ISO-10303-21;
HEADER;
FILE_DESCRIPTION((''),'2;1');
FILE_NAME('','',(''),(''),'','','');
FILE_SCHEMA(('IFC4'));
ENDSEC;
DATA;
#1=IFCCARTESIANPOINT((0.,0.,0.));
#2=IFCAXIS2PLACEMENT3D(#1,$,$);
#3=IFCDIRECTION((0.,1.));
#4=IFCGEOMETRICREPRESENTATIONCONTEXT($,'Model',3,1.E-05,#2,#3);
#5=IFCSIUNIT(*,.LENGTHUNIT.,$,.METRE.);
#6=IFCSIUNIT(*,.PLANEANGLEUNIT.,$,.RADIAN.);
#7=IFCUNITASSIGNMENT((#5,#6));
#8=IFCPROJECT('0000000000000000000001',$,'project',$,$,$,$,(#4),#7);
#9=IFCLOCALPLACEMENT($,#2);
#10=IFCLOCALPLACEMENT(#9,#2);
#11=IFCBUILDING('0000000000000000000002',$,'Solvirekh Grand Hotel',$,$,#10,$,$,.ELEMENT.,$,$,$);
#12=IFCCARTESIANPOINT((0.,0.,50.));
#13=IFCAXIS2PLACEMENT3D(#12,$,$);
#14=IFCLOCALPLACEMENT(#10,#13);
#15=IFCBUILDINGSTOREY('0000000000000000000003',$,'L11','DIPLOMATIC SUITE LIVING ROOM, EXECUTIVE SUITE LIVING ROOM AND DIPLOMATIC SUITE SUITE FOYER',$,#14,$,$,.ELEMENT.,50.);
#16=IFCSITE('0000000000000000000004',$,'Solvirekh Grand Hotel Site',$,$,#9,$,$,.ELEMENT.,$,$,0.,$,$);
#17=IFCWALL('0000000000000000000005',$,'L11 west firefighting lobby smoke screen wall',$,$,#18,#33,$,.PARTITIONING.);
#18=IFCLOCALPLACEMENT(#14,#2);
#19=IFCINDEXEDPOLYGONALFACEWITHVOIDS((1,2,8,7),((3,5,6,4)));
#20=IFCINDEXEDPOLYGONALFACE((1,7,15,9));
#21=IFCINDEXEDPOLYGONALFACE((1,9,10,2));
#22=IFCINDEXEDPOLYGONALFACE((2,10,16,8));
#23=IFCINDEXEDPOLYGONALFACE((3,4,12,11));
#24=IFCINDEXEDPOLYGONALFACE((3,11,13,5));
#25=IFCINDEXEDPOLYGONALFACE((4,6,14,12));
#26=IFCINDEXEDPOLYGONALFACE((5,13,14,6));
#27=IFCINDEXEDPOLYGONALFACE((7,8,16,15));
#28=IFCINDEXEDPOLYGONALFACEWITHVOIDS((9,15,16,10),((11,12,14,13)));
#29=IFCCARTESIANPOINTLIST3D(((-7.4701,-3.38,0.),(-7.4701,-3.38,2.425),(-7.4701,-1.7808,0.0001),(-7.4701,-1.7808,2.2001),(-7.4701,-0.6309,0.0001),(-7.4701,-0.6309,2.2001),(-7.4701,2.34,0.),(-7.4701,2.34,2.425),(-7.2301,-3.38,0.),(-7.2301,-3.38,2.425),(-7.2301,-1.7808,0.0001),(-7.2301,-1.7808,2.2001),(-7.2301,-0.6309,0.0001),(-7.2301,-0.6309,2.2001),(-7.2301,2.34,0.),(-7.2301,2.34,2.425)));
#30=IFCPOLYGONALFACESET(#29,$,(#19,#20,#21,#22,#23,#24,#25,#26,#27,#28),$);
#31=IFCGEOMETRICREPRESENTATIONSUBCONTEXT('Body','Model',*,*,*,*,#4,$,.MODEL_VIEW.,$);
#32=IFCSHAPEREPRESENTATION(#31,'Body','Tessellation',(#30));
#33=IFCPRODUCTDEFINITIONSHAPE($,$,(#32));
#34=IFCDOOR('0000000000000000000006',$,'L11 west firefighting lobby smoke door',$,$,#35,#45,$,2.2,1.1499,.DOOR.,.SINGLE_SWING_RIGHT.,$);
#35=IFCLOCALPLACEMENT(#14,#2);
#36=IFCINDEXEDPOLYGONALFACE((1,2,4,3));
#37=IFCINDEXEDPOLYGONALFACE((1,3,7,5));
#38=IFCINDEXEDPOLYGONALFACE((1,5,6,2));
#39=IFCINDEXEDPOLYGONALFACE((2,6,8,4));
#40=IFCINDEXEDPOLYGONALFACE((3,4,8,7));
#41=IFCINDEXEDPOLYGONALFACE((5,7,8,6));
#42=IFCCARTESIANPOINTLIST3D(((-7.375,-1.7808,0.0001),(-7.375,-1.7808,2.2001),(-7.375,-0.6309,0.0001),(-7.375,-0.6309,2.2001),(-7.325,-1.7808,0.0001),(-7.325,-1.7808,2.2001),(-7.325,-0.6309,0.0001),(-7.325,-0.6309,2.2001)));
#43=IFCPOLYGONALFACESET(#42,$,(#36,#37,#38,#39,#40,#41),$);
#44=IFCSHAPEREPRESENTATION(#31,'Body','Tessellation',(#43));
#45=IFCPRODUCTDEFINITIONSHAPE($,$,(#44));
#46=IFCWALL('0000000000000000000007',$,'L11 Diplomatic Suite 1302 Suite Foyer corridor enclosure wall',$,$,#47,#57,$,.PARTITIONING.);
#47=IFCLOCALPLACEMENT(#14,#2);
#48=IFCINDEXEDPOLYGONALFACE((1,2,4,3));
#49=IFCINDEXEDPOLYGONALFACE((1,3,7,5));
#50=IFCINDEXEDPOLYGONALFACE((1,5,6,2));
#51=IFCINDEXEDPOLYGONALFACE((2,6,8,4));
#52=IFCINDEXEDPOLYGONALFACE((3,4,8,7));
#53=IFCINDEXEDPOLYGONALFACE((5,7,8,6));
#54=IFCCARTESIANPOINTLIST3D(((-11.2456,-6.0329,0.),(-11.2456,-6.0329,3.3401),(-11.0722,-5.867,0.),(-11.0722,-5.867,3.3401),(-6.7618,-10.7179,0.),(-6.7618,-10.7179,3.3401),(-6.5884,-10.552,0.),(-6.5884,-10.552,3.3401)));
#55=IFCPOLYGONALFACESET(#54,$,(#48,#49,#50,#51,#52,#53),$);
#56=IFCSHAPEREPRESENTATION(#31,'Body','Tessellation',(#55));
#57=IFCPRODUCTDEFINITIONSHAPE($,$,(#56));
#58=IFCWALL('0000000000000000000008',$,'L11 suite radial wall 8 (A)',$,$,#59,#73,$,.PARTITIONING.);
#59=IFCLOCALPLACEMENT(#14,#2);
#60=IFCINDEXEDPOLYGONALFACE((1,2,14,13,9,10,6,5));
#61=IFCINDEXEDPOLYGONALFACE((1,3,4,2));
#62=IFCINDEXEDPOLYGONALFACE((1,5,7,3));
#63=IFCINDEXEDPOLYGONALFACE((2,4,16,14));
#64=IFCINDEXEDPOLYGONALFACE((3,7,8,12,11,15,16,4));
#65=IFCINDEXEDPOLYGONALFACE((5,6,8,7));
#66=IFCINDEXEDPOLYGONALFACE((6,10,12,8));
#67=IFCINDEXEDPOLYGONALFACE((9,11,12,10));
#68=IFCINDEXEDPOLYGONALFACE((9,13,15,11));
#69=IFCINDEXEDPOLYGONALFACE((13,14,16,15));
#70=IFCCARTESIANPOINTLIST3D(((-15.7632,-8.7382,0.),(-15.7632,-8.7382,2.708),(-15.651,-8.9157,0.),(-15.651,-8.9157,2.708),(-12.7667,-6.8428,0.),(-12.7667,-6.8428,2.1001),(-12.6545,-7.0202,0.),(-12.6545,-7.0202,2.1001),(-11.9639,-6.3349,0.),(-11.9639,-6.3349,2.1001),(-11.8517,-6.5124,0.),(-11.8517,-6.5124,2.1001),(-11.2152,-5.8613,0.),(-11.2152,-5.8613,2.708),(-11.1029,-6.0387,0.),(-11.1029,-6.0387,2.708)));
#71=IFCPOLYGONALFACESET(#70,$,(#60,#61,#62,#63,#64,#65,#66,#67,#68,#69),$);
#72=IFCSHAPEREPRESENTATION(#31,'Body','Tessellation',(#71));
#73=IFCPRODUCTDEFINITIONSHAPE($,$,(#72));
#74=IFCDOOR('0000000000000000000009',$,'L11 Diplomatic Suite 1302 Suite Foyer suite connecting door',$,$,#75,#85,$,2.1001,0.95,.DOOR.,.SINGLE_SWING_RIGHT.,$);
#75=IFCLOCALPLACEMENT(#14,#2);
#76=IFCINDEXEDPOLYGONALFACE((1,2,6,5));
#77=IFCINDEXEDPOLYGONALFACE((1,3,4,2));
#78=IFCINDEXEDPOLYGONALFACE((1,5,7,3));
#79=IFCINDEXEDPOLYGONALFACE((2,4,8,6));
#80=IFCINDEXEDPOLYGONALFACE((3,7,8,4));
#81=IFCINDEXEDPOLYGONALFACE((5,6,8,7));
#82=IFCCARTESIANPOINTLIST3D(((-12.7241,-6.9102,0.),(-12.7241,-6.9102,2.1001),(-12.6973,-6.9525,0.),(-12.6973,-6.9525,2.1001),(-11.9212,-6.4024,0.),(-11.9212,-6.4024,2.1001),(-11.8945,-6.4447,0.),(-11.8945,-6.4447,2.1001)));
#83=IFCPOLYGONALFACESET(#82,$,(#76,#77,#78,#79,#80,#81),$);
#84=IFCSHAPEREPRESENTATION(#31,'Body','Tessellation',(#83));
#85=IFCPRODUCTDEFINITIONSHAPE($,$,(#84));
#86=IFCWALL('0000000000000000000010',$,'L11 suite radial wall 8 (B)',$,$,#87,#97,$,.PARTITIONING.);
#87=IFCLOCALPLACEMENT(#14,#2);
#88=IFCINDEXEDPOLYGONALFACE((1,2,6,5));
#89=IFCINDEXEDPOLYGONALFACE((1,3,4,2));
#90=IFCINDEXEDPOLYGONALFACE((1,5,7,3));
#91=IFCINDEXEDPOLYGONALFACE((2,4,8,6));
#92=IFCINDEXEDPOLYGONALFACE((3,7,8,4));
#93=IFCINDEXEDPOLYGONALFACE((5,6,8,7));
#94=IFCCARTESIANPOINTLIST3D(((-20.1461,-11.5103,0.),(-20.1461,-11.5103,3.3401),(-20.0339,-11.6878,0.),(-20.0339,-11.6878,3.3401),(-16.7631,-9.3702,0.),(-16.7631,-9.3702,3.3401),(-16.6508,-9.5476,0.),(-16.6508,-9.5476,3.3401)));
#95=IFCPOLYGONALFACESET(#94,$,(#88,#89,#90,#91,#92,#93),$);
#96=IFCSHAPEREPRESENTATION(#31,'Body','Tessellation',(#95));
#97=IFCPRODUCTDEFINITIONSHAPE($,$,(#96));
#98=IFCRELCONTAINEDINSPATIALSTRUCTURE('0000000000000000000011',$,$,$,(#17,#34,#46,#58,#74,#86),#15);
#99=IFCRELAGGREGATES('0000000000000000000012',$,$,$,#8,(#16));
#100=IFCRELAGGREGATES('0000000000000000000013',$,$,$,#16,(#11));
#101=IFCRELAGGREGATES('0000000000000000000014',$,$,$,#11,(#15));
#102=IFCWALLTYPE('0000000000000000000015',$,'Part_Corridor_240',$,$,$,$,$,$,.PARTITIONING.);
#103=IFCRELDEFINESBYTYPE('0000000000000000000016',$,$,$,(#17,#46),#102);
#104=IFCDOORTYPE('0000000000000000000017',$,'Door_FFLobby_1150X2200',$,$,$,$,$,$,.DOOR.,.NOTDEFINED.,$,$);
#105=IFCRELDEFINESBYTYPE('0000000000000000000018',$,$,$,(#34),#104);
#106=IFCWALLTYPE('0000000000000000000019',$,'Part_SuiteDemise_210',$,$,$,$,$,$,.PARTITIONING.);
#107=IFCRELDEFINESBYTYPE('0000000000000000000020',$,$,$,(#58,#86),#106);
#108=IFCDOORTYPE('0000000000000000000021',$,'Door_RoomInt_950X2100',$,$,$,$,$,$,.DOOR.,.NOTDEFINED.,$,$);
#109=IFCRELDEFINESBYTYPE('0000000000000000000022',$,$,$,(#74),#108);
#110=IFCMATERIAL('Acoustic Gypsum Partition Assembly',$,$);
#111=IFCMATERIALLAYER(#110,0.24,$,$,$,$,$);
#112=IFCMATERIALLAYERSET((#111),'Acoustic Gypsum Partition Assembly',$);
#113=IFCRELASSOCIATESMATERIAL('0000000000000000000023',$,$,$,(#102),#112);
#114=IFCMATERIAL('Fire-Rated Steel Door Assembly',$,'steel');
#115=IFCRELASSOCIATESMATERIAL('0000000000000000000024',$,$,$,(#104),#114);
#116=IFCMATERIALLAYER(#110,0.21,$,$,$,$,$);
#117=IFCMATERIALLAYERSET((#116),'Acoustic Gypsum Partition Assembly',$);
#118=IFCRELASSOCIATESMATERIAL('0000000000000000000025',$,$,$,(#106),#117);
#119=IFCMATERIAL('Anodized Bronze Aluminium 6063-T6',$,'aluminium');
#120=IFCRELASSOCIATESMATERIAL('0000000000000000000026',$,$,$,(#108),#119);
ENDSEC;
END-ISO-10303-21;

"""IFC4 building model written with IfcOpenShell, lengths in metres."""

from ifc_helpers import new_model, si_unit, direction, frame, frame_2d, origin, place, context, subcontext, project, spatial, rectangle, extrude, material, layer, layer_set, type_object, element, fill, save


model = new_model("IFC4")

# Units and contexts
model_context = context("Model", 3, precision=1e-05, world=origin(), true_north=direction((0.0, 1.0)))
body_context = subcontext(model_context, "Body", "Model", "MODEL_VIEW")
ifc_project = project(units=[si_unit("LENGTHUNIT", "METRE"), si_unit("PLANEANGLEUNIT", "RADIAN")], contexts=[model_context])

# Site, building, storey
site_placement = place(None, origin())
site = spatial("IfcSite", under=ifc_project, at=site_placement, Name="Solvirekh Grand Hotel Site", CompositionType="ELEMENT", RefElevation=0.0)
building_placement = place(site_placement, origin())
building = spatial("IfcBuilding", under=site, at=building_placement, Name="Solvirekh Grand Hotel", CompositionType="ELEMENT")
storey_placement = place(building_placement, frame((0.0, 0.0, 50.0)))
storey = spatial("IfcBuildingStorey", under=building, at=storey_placement, Name="L11", Description="DIPLOMATIC SUITE LIVING ROOM, EXECUTIVE SUITE LIVING ROOM AND DIPLOMATIC SUITE SUITE FOYER", CompositionType="ELEMENT", Elevation=50.0)

# Shared definitions
ifc_material_1 = material(Name="Anodized Bronze Aluminium 6063-T6", Category="aluminium")

# Wall, opening, door
ifc_material_2 = material(Name="Acoustic Gypsum Partition Assembly")
ifc_layer_1 = layer(ifc_material_2, 0.24)
ifc_layer_set_1 = layer_set([ifc_layer_1], Name="Acoustic Gypsum Partition Assembly")
wall_type_1 = type_object("IfcWallType", Name="Part_Corridor_240", PredefinedType="PARTITIONING", material=ifc_layer_set_1)
wall_1_placement = place(storey_placement, frame((-7.3501, -3.3799, 0.0), z_axis=(0.0, 0.0, 1.0), x_axis=(0.0, 1.0, 0.0)))
wall_1 = element("IfcWall", 1, at=wall_1_placement, inside=storey, type_object=wall_type_1, Name="L11 west firefighting lobby smoke screen wall", PredefinedType="PARTITIONING", context=body_context, shape_type="SweptSolid", body=[
    extrude(rectangle(XDim=5.72, YDim=0.24, at=frame_2d((2.8599, 0.0))), origin(), (0.0, 0.0, 1.0), 2.425),
])
opening_1_placement = place(wall_1_placement, frame((1.5991, 0.0, 0.0)))
opening_1 = element("IfcOpeningElement", 2, at=opening_1_placement, cuts=wall_1, PredefinedType="OPENING", context=body_context, shape_type="SweptSolid", body=[
    extrude(rectangle(XDim=1.1499, YDim=2.2, at=frame_2d((0.575, 1.1001))), frame((0.0, 0.1299, 0.0), z_axis=(0.0, -1.0, 0.0), x_axis=(1.0, 0.0, 0.0)), (0.0, 0.0, 1.0), 0.26),
])
ifc_material_3 = material(Name="Fire-Rated Steel Door Assembly", Category="steel")
door_type_1 = type_object("IfcDoorType", Name="Door_FFLobby_1150X2200", OperationType="NOTDEFINED", PredefinedType="DOOR", material=ifc_material_3)
door_1_placement = place(opening_1_placement, origin())
door_1 = element("IfcDoor", 3, at=door_1_placement, inside=storey, type_object=door_type_1, Name="L11 west firefighting lobby smoke door", OperationType="SINGLE_SWING_RIGHT", OverallHeight=2.2, OverallWidth=1.1499, PredefinedType="DOOR", context=body_context, shape_type="SweptSolid", body=[
    extrude(rectangle(XDim=1.1499, YDim=2.2, at=frame_2d((0.575, 1.1001))), frame((0.0, 0.0249, 0.0), z_axis=(0.0, -1.0, 0.0), x_axis=(1.0, 0.0, 0.0)), (0.0, 0.0, 1.0), 0.05),
])
fill(opening_1, door_1)

# Wall
wall_2_placement = place(storey_placement, frame((-11.1589, -5.95, 0.0), z_axis=(0.0, 0.0, 1.0), x_axis=(0.691426, -0.722447, 0.0)))
element("IfcWall", 4, at=wall_2_placement, inside=storey, type_object=wall_type_1, Name="L11 Diplomatic Suite 1302 Suite Foyer corridor enclosure wall", PredefinedType="PARTITIONING", context=body_context, shape_type="SweptSolid", body=[
    extrude(rectangle(XDim=6.4849, YDim=0.24, at=frame_2d((3.2424, 0.0))), origin(), (0.0, 0.0, 1.0), 3.3401),
])

# Wall, opening, door
ifc_layer_2 = layer(ifc_material_2, 0.21)
ifc_layer_set_2 = layer_set([ifc_layer_2], Name="Acoustic Gypsum Partition Assembly")
wall_type_2 = type_object("IfcWallType", Name="Part_SuiteDemise_210", PredefinedType="PARTITIONING", material=ifc_layer_set_2)
wall_3_placement = place(storey_placement, frame((-11.1589, -5.95, 0.0), z_axis=(0.0, 0.0, 1.0), x_axis=(-0.845114, -0.534587, 0.0)))
wall_3 = element("IfcWall", 5, at=wall_3_placement, inside=storey, type_object=wall_type_2, Name="L11 suite radial wall 8 (A)", PredefinedType="PARTITIONING", context=body_context, shape_type="SweptSolid", body=[
    extrude(rectangle(XDim=5.3816, YDim=0.21, at=frame_2d((2.6909, 0.0))), origin(), (0.0, 0.0, 1.0), 2.708),
])
opening_2_placement = place(wall_3_placement, frame((0.886, 0.0, 0.0)))
opening_2 = element("IfcOpeningElement", 6, at=opening_2_placement, cuts=wall_3, PredefinedType="OPENING", context=body_context, shape_type="SweptSolid", body=[
    extrude(rectangle(XDim=0.95, YDim=2.1001, at=frame_2d((0.4751, 1.05))), frame((0.0, 0.115, 0.0), z_axis=(0.0, -1.0, 0.0), x_axis=(1.0, 0.0, 0.0)), (0.0, 0.0, 1.0), 0.23),
])
door_type_2 = type_object("IfcDoorType", Name="Door_RoomInt_950X2100", OperationType="NOTDEFINED", PredefinedType="DOOR", material=ifc_material_1)
door_2_placement = place(opening_2_placement, origin())
door_2 = element("IfcDoor", 7, at=door_2_placement, inside=storey, type_object=door_type_2, Name="L11 Diplomatic Suite 1302 Suite Foyer suite connecting door", OperationType="SINGLE_SWING_RIGHT", OverallHeight=2.1001, OverallWidth=0.95, PredefinedType="DOOR", context=body_context, shape_type="SweptSolid", body=[
    extrude(rectangle(XDim=0.95, YDim=2.1001, at=frame_2d((0.4751, 1.05))), frame((0.0, 0.0249, 0.0), z_axis=(0.0, -1.0, 0.0), x_axis=(1.0, 0.0, 0.0)), (0.0, 0.0, 1.0), 0.05),
])
fill(opening_2, door_2)

# Wall
wall_4_placement = place(storey_placement, frame((-16.707, -9.459, 0.0), z_axis=(0.0, 0.0, 1.0), x_axis=(-0.845097, -0.534612, 0.0)))
element("IfcWall", 8, at=wall_4_placement, inside=storey, type_object=wall_type_2, Name="L11 suite radial wall 8 (B)", PredefinedType="PARTITIONING", context=body_context, shape_type="SweptSolid", body=[
    extrude(rectangle(XDim=4.0032, YDim=0.21, at=frame_2d((2.0015, 0.0))), origin(), (0.0, 0.0, 1.0), 3.3401),
])

save(model, "model.ifc")
